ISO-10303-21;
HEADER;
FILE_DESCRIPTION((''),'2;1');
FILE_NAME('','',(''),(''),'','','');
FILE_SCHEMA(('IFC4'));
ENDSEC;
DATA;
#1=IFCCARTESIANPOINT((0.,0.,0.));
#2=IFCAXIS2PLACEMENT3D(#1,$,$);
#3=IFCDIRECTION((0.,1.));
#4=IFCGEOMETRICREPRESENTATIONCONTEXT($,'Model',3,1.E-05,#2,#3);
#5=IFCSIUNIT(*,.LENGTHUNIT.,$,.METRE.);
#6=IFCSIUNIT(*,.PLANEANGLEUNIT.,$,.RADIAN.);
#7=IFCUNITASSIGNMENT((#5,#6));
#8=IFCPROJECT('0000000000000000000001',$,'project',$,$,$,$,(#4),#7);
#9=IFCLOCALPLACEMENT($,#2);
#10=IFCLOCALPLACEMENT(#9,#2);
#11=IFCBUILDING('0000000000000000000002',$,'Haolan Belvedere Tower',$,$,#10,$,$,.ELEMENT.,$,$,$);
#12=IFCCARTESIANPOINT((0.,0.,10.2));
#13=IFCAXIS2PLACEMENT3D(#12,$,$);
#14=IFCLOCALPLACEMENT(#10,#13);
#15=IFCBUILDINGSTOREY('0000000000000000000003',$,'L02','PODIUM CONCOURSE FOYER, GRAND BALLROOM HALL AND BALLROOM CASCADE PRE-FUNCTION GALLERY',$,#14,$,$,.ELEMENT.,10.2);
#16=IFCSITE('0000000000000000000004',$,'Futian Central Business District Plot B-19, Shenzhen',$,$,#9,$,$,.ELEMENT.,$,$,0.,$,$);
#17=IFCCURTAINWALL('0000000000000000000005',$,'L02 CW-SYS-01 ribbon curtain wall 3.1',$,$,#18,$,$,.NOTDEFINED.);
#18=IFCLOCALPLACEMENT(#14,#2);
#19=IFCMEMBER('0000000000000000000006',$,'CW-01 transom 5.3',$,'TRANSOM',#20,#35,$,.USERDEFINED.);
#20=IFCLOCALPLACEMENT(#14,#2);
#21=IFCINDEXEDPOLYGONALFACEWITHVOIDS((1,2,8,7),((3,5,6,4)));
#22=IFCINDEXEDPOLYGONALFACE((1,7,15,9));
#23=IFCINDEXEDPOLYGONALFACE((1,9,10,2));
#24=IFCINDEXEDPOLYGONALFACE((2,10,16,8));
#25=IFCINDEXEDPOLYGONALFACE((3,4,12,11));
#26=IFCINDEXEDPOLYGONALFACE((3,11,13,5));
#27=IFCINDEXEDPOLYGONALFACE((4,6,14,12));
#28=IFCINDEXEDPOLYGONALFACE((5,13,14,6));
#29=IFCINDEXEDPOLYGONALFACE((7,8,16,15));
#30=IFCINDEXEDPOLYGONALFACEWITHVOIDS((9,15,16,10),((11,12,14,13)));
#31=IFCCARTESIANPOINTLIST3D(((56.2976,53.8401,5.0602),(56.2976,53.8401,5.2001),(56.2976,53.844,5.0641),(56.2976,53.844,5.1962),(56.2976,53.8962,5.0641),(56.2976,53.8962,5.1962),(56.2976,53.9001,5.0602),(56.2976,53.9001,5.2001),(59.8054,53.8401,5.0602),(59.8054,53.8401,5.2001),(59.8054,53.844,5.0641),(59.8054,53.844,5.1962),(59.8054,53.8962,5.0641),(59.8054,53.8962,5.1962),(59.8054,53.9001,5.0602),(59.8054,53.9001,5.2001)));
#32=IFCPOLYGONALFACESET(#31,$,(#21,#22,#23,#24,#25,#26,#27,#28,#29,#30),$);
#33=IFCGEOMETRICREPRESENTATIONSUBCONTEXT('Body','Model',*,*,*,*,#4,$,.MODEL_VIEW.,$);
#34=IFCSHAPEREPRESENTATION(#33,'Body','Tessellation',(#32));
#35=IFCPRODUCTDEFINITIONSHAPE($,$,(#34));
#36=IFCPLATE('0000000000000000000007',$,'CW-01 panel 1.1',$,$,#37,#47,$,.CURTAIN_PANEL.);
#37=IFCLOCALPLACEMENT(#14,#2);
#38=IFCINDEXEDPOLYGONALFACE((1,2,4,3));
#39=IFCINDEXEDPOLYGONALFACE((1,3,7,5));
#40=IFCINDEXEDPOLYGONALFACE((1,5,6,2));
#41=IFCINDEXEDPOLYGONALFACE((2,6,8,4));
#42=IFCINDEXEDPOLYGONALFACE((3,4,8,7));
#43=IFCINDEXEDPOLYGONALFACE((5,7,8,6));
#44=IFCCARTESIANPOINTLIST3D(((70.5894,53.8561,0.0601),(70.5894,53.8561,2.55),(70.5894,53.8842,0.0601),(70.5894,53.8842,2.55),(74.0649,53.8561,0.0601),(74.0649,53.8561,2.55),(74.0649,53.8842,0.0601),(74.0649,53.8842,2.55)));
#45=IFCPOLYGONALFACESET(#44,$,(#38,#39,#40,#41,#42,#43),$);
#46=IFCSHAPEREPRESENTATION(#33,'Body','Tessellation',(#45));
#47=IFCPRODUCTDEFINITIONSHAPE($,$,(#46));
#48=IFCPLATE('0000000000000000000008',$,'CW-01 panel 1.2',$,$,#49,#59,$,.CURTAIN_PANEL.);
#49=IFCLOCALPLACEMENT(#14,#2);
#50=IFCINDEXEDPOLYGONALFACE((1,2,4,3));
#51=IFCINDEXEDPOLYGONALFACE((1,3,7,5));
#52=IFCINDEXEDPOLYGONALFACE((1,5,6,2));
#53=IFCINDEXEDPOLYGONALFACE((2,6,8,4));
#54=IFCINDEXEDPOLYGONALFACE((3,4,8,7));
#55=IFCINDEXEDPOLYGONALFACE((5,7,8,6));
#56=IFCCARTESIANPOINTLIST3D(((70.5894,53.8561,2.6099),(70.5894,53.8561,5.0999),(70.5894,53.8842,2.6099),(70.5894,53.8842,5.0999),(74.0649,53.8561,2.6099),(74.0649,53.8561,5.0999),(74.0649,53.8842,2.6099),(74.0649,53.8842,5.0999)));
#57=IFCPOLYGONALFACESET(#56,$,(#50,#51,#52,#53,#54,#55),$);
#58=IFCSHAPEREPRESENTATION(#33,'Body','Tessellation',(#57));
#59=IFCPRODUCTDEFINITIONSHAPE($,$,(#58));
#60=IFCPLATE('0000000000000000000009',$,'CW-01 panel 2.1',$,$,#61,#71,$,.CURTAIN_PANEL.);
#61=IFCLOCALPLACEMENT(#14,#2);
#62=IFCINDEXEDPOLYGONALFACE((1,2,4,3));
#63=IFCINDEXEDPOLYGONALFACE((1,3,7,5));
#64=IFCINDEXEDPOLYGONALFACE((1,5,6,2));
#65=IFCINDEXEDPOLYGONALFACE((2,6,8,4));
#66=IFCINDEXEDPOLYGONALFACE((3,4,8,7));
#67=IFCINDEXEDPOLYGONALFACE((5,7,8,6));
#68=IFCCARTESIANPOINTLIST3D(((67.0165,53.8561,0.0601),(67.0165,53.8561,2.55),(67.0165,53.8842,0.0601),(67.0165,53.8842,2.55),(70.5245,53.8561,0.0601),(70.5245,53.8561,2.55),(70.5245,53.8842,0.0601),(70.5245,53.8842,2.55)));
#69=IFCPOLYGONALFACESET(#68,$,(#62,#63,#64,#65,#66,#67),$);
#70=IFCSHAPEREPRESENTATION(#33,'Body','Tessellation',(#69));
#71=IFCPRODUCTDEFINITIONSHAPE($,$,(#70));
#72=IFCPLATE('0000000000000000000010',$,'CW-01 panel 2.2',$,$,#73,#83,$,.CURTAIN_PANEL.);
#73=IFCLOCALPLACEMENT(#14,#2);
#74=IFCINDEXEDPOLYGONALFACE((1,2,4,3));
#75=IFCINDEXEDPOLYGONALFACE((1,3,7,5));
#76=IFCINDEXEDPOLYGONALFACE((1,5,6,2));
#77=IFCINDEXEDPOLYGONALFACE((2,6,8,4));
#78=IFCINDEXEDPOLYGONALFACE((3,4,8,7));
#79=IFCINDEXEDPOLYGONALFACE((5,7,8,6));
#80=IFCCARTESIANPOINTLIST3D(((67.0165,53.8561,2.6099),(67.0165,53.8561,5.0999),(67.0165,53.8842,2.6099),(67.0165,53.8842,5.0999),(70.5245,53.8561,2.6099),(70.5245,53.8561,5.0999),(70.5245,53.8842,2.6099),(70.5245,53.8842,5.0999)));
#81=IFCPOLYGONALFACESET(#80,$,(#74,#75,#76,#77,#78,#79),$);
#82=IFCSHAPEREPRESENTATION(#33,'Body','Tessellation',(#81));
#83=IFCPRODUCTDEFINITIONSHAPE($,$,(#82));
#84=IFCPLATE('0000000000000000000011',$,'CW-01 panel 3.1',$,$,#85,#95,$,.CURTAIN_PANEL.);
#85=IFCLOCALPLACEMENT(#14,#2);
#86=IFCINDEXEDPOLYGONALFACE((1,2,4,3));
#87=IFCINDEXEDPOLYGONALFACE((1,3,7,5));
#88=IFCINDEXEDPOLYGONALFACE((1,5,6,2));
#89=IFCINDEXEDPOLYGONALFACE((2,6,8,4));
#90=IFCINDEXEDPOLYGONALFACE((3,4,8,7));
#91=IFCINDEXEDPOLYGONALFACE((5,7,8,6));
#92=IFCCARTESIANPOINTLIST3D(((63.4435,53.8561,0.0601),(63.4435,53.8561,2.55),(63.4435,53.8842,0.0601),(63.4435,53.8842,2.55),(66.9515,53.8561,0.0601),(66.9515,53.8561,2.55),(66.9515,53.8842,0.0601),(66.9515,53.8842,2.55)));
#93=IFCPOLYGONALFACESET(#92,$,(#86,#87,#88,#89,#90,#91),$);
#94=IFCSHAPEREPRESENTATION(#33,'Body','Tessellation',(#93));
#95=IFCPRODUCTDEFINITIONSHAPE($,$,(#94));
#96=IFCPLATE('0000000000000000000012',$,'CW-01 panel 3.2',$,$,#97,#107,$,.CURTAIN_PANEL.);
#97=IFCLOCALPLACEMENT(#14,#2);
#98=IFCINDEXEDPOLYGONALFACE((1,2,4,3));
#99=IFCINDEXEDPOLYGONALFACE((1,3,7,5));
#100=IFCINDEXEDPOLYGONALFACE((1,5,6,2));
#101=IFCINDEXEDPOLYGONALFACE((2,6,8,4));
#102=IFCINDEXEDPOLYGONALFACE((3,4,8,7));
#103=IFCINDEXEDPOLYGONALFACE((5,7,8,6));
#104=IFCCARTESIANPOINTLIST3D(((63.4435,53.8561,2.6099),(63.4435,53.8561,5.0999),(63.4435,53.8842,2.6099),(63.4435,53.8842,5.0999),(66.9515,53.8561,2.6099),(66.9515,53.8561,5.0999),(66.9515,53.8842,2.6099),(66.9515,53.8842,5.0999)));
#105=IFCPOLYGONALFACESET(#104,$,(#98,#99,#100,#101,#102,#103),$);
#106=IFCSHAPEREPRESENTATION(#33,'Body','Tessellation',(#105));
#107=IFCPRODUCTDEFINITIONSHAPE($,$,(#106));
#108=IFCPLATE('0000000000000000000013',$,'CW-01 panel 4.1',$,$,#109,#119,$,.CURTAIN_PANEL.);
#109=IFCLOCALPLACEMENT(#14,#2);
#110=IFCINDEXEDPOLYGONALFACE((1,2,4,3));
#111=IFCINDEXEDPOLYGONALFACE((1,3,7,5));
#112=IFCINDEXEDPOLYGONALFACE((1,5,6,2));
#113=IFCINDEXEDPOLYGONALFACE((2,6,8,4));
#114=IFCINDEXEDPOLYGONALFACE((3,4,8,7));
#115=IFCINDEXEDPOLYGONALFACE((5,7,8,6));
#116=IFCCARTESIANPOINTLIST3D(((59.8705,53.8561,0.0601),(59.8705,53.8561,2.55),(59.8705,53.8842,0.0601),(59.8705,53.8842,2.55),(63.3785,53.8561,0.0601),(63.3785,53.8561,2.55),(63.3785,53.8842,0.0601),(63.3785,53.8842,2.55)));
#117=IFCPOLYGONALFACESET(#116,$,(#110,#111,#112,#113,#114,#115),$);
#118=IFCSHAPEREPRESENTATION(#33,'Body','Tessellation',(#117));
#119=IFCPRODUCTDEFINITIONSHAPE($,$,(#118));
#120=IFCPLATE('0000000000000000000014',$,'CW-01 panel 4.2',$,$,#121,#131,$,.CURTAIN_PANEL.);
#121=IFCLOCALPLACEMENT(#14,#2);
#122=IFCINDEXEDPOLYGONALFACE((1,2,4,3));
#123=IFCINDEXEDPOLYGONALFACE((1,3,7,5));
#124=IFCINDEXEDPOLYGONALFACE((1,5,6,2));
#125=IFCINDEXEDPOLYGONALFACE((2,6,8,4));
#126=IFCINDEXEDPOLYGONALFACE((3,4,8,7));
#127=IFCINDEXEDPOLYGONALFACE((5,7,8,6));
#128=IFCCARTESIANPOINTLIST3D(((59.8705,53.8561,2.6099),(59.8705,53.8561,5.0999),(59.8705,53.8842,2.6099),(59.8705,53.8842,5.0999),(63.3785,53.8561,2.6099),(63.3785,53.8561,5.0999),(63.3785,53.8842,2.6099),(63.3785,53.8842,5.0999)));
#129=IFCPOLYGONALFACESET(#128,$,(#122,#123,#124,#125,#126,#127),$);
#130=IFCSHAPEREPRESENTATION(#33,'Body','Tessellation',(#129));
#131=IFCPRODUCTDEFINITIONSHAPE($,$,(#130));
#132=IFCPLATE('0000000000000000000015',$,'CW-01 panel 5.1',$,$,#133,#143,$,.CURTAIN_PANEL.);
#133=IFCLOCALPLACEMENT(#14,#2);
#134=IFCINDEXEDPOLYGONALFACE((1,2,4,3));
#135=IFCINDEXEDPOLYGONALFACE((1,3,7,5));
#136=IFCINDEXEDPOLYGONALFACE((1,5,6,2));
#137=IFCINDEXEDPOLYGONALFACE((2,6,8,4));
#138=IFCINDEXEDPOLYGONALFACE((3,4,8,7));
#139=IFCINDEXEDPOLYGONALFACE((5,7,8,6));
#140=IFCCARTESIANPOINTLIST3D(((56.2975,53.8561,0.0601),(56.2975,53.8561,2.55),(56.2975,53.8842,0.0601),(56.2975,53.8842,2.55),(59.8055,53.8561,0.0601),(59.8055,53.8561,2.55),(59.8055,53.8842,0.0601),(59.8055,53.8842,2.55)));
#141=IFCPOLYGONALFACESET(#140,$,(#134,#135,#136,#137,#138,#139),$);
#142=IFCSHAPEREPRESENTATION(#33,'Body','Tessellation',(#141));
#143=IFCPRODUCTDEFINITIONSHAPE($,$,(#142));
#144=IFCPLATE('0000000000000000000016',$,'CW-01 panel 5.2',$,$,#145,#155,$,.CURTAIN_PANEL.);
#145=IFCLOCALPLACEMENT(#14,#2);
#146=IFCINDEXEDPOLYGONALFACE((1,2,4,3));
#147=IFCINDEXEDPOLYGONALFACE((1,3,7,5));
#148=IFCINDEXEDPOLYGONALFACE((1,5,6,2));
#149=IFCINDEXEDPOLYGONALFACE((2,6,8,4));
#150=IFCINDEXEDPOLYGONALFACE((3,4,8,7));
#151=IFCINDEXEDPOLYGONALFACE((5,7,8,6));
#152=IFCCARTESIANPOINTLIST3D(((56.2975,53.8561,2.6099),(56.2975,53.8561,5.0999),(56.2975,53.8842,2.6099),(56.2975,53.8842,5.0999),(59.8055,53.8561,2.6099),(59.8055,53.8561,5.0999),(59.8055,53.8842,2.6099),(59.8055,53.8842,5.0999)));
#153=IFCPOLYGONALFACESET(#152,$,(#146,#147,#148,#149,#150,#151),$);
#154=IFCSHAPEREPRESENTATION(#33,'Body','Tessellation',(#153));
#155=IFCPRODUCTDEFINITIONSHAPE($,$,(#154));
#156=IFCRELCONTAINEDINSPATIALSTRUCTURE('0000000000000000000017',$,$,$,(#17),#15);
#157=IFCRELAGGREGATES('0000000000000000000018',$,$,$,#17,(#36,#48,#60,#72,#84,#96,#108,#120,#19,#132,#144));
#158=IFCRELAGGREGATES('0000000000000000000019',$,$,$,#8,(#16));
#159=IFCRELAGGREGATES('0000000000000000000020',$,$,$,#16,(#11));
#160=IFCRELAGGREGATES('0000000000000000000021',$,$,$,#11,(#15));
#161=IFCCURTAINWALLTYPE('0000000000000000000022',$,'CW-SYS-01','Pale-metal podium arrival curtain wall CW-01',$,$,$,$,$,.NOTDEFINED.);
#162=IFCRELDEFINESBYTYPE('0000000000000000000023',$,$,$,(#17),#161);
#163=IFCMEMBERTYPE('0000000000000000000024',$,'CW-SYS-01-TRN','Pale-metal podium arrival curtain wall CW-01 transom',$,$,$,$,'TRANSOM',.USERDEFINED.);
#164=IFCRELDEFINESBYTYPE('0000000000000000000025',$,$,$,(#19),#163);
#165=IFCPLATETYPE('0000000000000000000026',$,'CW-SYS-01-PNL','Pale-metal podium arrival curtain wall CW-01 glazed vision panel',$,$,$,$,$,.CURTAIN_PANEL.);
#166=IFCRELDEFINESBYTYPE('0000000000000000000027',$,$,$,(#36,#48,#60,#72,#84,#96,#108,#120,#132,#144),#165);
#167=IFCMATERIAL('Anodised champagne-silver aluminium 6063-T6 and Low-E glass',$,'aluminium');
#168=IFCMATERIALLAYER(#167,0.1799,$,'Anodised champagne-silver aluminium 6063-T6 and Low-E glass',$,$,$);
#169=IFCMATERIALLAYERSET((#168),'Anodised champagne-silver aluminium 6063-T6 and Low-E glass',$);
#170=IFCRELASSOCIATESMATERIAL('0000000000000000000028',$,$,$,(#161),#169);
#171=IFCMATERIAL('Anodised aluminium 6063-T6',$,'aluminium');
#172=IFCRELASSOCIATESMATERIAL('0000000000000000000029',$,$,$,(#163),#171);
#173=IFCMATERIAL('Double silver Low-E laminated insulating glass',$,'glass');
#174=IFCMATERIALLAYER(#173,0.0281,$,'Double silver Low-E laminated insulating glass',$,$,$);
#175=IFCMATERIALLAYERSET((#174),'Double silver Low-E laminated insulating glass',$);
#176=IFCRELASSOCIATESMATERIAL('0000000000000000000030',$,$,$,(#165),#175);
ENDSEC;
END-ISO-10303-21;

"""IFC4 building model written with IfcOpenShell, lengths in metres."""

from ifc_helpers import new_model, si_unit, direction, frame, origin, origin_2d, place, context, subcontext, project, spatial, rectangle, hollow_rectangle, extrude, material, layer, layer_set, material_profile, profile_set, type_object, element, aggregate, save


model = new_model("IFC4")

# Units and contexts
model_context = context("Model", 3, precision=1e-05, world=origin(), true_north=direction((0.0, 1.0)))
body_context = subcontext(model_context, "Body", "Model", "MODEL_VIEW")
ifc_project = project(units=[si_unit("LENGTHUNIT", "METRE"), si_unit("PLANEANGLEUNIT", "RADIAN")], contexts=[model_context])

# Site, building, storey
site_placement = place(None, origin())
site = spatial("IfcSite", under=ifc_project, at=site_placement, Name="Futian Central Business District Plot B-19, Shenzhen", CompositionType="ELEMENT", RefElevation=0.0)
building_placement = place(site_placement, origin())
building = spatial("IfcBuilding", under=site, at=building_placement, Name="Haolan Belvedere Tower", CompositionType="ELEMENT")
storey_placement = place(building_placement, frame((0.0, 0.0, 10.2)))
storey = spatial("IfcBuildingStorey", under=building, at=storey_placement, Name="L02", Description="PODIUM CONCOURSE FOYER, GRAND BALLROOM HALL AND BALLROOM CASCADE PRE-FUNCTION GALLERY", CompositionType="ELEMENT", Elevation=10.2)

# Curtain wall, member, plates
ifc_material_1 = material(Name="Anodised champagne-silver aluminium 6063-T6 and Low-E glass", Category="aluminium")
ifc_layer_1 = layer(ifc_material_1, 0.1799, Name="Anodised champagne-silver aluminium 6063-T6 and Low-E glass")
ifc_layer_set_1 = layer_set([ifc_layer_1], Name="Anodised champagne-silver aluminium 6063-T6 and Low-E glass")
curtain_wall_type = type_object("IfcCurtainWallType", Name="CW-SYS-01", Description="Pale-metal podium arrival curtain wall CW-01", PredefinedType="NOTDEFINED", material=ifc_layer_set_1)
curtain_wall_placement = place(storey_placement, origin())
curtain_wall = element("IfcCurtainWall", 1, at=curtain_wall_placement, inside=storey, type_object=curtain_wall_type, Name="L02 CW-SYS-01 ribbon curtain wall 3.1", PredefinedType="NOTDEFINED")
ifc_material_2 = material(Name="Anodised aluminium 6063-T6", Category="aluminium")
ifc_material_profile_1 = material_profile(ifc_material_2, hollow_rectangle(XDim=0.0601, YDim=0.1399, WallThickness=0.0039, at=origin_2d()), Name="Anodised aluminium 6063-T6")
ifc_profile_set_1 = profile_set([ifc_material_profile_1], Name="Anodised aluminium 6063-T6")
member_type_1 = type_object("IfcMemberType", Name="CW-SYS-01-TRN", Description="Pale-metal podium arrival curtain wall CW-01 transom", ElementType="TRANSOM", PredefinedType="USERDEFINED", material=ifc_profile_set_1)
member_1_placement = place(storey_placement, frame((59.8054, 53.8701, 5.1301), z_axis=(-1.0, 0.0, 0.0), x_axis=(0.0, -1.0, 0.0)))
member_1 = element("IfcMember", 2, at=member_1_placement, type_object=member_type_1, Name="CW-01 transom 5.3", ObjectType="TRANSOM", PredefinedType="USERDEFINED", context=body_context, shape_type="SweptSolid", body=[
    extrude(hollow_rectangle(XDim=0.0601, YDim=0.1399, WallThickness=0.0039, at=origin_2d()), origin(), (0.0, 0.0, 1.0), 3.5078),
])
ifc_material_3 = material(Name="Double silver Low-E laminated insulating glass", Category="glass")
ifc_layer_2 = layer(ifc_material_3, 0.0281, Name="Double silver Low-E laminated insulating glass")
ifc_layer_set_2 = layer_set([ifc_layer_2], Name="Double silver Low-E laminated insulating glass")
plate_type = type_object("IfcPlateType", Name="CW-SYS-01-PNL", Description="Pale-metal podium arrival curtain wall CW-01 glazed vision panel", PredefinedType="CURTAIN_PANEL", material=ifc_layer_set_2)
plate_1_placement = place(storey_placement, frame((72.3271, 53.8701, 0.0601), z_axis=(0.0, 0.0, 1.0), x_axis=(-1.0, 0.0, 0.0)))
plate_1 = element("IfcPlate", 3, at=plate_1_placement, type_object=plate_type, Name="CW-01 panel 1.1", PredefinedType="CURTAIN_PANEL", context=body_context, shape_type="SweptSolid", body=[
    extrude(rectangle(XDim=3.4756, YDim=0.0281, at=origin_2d()), origin(), (0.0, 0.0, 1.0), 2.49),
])
plate_2_placement = place(storey_placement, frame((72.3271, 53.8701, 2.6099), z_axis=(0.0, 0.0, 1.0), x_axis=(-1.0, 0.0, 0.0)))
plate_2 = element("IfcPlate", 4, at=plate_2_placement, type_object=plate_type, Name="CW-01 panel 1.2", PredefinedType="CURTAIN_PANEL", context=body_context, shape_type="SweptSolid", body=[
    extrude(rectangle(XDim=3.4756, YDim=0.0281, at=origin_2d()), origin(), (0.0, 0.0, 1.0), 2.49),
])
plate_3_placement = place(storey_placement, frame((68.7705, 53.8701, 0.0601), z_axis=(0.0, 0.0, 1.0), x_axis=(-1.0, 0.0, 0.0)))
plate_3 = element("IfcPlate", 5, at=plate_3_placement, type_object=plate_type, Name="CW-01 panel 2.1", PredefinedType="CURTAIN_PANEL", context=body_context, shape_type="SweptSolid", body=[
    extrude(rectangle(XDim=3.5081, YDim=0.0281, at=origin_2d()), origin(), (0.0, 0.0, 1.0), 2.49),
])
plate_4_placement = place(storey_placement, frame((68.7705, 53.8701, 2.6099), z_axis=(0.0, 0.0, 1.0), x_axis=(-1.0, 0.0, 0.0)))
plate_4 = element("IfcPlate", 6, at=plate_4_placement, type_object=plate_type, Name="CW-01 panel 2.2", PredefinedType="CURTAIN_PANEL", context=body_context, shape_type="SweptSolid", body=[
    extrude(rectangle(XDim=3.5081, YDim=0.0281, at=origin_2d()), origin(), (0.0, 0.0, 1.0), 2.49),
])
plate_5_placement = place(storey_placement, frame((65.1975, 53.8701, 0.0601), z_axis=(0.0, 0.0, 1.0), x_axis=(-1.0, 0.0, 0.0)))
plate_5 = element("IfcPlate", 7, at=plate_5_placement, type_object=plate_type, Name="CW-01 panel 3.1", PredefinedType="CURTAIN_PANEL", context=body_context, shape_type="SweptSolid", body=[
    extrude(rectangle(XDim=3.5081, YDim=0.0281, at=origin_2d()), origin(), (0.0, 0.0, 1.0), 2.49),
])
plate_6_placement = place(storey_placement, frame((65.1975, 53.8701, 2.6099), z_axis=(0.0, 0.0, 1.0), x_axis=(-1.0, 0.0, 0.0)))
plate_6 = element("IfcPlate", 8, at=plate_6_placement, type_object=plate_type, Name="CW-01 panel 3.2", PredefinedType="CURTAIN_PANEL", context=body_context, shape_type="SweptSolid", body=[
    extrude(rectangle(XDim=3.5081, YDim=0.0281, at=origin_2d()), origin(), (0.0, 0.0, 1.0), 2.49),
])
plate_7_placement = place(storey_placement, frame((61.6245, 53.8701, 0.0601), z_axis=(0.0, 0.0, 1.0), x_axis=(-1.0, 0.0, 0.0)))
plate_7 = element("IfcPlate", 9, at=plate_7_placement, type_object=plate_type, Name="CW-01 panel 4.1", PredefinedType="CURTAIN_PANEL", context=body_context, shape_type="SweptSolid", body=[
    extrude(rectangle(XDim=3.5081, YDim=0.0281, at=origin_2d()), origin(), (0.0, 0.0, 1.0), 2.49),
])
plate_8_placement = place(storey_placement, frame((61.6245, 53.8701, 2.6099), z_axis=(0.0, 0.0, 1.0), x_axis=(-1.0, 0.0, 0.0)))
plate_8 = element("IfcPlate", 10, at=plate_8_placement, type_object=plate_type, Name="CW-01 panel 4.2", PredefinedType="CURTAIN_PANEL", context=body_context, shape_type="SweptSolid", body=[
    extrude(rectangle(XDim=3.5081, YDim=0.0281, at=origin_2d()), origin(), (0.0, 0.0, 1.0), 2.49),
])
plate_9_placement = place(storey_placement, frame((58.0515, 53.8701, 0.0601), z_axis=(0.0, 0.0, 1.0), x_axis=(-1.0, 0.0, 0.0)))
plate_9 = element("IfcPlate", 11, at=plate_9_placement, type_object=plate_type, Name="CW-01 panel 5.1", PredefinedType="CURTAIN_PANEL", context=body_context, shape_type="SweptSolid", body=[
    extrude(rectangle(XDim=3.5081, YDim=0.0281, at=origin_2d()), origin(), (0.0, 0.0, 1.0), 2.49),
])
plate_10_placement = place(storey_placement, frame((58.0515, 53.8701, 2.6099), z_axis=(0.0, 0.0, 1.0), x_axis=(-1.0, 0.0, 0.0)))
plate_10 = element("IfcPlate", 12, at=plate_10_placement, type_object=plate_type, Name="CW-01 panel 5.2", PredefinedType="CURTAIN_PANEL", context=body_context, shape_type="SweptSolid", body=[
    extrude(rectangle(XDim=3.5081, YDim=0.0281, at=origin_2d()), origin(), (0.0, 0.0, 1.0), 2.49),
])
aggregate(curtain_wall, [plate_1, plate_2, plate_3, plate_4, plate_5, plate_6, plate_7, plate_8, member_1, plate_9, plate_10])

save(model, "model.ifc")
